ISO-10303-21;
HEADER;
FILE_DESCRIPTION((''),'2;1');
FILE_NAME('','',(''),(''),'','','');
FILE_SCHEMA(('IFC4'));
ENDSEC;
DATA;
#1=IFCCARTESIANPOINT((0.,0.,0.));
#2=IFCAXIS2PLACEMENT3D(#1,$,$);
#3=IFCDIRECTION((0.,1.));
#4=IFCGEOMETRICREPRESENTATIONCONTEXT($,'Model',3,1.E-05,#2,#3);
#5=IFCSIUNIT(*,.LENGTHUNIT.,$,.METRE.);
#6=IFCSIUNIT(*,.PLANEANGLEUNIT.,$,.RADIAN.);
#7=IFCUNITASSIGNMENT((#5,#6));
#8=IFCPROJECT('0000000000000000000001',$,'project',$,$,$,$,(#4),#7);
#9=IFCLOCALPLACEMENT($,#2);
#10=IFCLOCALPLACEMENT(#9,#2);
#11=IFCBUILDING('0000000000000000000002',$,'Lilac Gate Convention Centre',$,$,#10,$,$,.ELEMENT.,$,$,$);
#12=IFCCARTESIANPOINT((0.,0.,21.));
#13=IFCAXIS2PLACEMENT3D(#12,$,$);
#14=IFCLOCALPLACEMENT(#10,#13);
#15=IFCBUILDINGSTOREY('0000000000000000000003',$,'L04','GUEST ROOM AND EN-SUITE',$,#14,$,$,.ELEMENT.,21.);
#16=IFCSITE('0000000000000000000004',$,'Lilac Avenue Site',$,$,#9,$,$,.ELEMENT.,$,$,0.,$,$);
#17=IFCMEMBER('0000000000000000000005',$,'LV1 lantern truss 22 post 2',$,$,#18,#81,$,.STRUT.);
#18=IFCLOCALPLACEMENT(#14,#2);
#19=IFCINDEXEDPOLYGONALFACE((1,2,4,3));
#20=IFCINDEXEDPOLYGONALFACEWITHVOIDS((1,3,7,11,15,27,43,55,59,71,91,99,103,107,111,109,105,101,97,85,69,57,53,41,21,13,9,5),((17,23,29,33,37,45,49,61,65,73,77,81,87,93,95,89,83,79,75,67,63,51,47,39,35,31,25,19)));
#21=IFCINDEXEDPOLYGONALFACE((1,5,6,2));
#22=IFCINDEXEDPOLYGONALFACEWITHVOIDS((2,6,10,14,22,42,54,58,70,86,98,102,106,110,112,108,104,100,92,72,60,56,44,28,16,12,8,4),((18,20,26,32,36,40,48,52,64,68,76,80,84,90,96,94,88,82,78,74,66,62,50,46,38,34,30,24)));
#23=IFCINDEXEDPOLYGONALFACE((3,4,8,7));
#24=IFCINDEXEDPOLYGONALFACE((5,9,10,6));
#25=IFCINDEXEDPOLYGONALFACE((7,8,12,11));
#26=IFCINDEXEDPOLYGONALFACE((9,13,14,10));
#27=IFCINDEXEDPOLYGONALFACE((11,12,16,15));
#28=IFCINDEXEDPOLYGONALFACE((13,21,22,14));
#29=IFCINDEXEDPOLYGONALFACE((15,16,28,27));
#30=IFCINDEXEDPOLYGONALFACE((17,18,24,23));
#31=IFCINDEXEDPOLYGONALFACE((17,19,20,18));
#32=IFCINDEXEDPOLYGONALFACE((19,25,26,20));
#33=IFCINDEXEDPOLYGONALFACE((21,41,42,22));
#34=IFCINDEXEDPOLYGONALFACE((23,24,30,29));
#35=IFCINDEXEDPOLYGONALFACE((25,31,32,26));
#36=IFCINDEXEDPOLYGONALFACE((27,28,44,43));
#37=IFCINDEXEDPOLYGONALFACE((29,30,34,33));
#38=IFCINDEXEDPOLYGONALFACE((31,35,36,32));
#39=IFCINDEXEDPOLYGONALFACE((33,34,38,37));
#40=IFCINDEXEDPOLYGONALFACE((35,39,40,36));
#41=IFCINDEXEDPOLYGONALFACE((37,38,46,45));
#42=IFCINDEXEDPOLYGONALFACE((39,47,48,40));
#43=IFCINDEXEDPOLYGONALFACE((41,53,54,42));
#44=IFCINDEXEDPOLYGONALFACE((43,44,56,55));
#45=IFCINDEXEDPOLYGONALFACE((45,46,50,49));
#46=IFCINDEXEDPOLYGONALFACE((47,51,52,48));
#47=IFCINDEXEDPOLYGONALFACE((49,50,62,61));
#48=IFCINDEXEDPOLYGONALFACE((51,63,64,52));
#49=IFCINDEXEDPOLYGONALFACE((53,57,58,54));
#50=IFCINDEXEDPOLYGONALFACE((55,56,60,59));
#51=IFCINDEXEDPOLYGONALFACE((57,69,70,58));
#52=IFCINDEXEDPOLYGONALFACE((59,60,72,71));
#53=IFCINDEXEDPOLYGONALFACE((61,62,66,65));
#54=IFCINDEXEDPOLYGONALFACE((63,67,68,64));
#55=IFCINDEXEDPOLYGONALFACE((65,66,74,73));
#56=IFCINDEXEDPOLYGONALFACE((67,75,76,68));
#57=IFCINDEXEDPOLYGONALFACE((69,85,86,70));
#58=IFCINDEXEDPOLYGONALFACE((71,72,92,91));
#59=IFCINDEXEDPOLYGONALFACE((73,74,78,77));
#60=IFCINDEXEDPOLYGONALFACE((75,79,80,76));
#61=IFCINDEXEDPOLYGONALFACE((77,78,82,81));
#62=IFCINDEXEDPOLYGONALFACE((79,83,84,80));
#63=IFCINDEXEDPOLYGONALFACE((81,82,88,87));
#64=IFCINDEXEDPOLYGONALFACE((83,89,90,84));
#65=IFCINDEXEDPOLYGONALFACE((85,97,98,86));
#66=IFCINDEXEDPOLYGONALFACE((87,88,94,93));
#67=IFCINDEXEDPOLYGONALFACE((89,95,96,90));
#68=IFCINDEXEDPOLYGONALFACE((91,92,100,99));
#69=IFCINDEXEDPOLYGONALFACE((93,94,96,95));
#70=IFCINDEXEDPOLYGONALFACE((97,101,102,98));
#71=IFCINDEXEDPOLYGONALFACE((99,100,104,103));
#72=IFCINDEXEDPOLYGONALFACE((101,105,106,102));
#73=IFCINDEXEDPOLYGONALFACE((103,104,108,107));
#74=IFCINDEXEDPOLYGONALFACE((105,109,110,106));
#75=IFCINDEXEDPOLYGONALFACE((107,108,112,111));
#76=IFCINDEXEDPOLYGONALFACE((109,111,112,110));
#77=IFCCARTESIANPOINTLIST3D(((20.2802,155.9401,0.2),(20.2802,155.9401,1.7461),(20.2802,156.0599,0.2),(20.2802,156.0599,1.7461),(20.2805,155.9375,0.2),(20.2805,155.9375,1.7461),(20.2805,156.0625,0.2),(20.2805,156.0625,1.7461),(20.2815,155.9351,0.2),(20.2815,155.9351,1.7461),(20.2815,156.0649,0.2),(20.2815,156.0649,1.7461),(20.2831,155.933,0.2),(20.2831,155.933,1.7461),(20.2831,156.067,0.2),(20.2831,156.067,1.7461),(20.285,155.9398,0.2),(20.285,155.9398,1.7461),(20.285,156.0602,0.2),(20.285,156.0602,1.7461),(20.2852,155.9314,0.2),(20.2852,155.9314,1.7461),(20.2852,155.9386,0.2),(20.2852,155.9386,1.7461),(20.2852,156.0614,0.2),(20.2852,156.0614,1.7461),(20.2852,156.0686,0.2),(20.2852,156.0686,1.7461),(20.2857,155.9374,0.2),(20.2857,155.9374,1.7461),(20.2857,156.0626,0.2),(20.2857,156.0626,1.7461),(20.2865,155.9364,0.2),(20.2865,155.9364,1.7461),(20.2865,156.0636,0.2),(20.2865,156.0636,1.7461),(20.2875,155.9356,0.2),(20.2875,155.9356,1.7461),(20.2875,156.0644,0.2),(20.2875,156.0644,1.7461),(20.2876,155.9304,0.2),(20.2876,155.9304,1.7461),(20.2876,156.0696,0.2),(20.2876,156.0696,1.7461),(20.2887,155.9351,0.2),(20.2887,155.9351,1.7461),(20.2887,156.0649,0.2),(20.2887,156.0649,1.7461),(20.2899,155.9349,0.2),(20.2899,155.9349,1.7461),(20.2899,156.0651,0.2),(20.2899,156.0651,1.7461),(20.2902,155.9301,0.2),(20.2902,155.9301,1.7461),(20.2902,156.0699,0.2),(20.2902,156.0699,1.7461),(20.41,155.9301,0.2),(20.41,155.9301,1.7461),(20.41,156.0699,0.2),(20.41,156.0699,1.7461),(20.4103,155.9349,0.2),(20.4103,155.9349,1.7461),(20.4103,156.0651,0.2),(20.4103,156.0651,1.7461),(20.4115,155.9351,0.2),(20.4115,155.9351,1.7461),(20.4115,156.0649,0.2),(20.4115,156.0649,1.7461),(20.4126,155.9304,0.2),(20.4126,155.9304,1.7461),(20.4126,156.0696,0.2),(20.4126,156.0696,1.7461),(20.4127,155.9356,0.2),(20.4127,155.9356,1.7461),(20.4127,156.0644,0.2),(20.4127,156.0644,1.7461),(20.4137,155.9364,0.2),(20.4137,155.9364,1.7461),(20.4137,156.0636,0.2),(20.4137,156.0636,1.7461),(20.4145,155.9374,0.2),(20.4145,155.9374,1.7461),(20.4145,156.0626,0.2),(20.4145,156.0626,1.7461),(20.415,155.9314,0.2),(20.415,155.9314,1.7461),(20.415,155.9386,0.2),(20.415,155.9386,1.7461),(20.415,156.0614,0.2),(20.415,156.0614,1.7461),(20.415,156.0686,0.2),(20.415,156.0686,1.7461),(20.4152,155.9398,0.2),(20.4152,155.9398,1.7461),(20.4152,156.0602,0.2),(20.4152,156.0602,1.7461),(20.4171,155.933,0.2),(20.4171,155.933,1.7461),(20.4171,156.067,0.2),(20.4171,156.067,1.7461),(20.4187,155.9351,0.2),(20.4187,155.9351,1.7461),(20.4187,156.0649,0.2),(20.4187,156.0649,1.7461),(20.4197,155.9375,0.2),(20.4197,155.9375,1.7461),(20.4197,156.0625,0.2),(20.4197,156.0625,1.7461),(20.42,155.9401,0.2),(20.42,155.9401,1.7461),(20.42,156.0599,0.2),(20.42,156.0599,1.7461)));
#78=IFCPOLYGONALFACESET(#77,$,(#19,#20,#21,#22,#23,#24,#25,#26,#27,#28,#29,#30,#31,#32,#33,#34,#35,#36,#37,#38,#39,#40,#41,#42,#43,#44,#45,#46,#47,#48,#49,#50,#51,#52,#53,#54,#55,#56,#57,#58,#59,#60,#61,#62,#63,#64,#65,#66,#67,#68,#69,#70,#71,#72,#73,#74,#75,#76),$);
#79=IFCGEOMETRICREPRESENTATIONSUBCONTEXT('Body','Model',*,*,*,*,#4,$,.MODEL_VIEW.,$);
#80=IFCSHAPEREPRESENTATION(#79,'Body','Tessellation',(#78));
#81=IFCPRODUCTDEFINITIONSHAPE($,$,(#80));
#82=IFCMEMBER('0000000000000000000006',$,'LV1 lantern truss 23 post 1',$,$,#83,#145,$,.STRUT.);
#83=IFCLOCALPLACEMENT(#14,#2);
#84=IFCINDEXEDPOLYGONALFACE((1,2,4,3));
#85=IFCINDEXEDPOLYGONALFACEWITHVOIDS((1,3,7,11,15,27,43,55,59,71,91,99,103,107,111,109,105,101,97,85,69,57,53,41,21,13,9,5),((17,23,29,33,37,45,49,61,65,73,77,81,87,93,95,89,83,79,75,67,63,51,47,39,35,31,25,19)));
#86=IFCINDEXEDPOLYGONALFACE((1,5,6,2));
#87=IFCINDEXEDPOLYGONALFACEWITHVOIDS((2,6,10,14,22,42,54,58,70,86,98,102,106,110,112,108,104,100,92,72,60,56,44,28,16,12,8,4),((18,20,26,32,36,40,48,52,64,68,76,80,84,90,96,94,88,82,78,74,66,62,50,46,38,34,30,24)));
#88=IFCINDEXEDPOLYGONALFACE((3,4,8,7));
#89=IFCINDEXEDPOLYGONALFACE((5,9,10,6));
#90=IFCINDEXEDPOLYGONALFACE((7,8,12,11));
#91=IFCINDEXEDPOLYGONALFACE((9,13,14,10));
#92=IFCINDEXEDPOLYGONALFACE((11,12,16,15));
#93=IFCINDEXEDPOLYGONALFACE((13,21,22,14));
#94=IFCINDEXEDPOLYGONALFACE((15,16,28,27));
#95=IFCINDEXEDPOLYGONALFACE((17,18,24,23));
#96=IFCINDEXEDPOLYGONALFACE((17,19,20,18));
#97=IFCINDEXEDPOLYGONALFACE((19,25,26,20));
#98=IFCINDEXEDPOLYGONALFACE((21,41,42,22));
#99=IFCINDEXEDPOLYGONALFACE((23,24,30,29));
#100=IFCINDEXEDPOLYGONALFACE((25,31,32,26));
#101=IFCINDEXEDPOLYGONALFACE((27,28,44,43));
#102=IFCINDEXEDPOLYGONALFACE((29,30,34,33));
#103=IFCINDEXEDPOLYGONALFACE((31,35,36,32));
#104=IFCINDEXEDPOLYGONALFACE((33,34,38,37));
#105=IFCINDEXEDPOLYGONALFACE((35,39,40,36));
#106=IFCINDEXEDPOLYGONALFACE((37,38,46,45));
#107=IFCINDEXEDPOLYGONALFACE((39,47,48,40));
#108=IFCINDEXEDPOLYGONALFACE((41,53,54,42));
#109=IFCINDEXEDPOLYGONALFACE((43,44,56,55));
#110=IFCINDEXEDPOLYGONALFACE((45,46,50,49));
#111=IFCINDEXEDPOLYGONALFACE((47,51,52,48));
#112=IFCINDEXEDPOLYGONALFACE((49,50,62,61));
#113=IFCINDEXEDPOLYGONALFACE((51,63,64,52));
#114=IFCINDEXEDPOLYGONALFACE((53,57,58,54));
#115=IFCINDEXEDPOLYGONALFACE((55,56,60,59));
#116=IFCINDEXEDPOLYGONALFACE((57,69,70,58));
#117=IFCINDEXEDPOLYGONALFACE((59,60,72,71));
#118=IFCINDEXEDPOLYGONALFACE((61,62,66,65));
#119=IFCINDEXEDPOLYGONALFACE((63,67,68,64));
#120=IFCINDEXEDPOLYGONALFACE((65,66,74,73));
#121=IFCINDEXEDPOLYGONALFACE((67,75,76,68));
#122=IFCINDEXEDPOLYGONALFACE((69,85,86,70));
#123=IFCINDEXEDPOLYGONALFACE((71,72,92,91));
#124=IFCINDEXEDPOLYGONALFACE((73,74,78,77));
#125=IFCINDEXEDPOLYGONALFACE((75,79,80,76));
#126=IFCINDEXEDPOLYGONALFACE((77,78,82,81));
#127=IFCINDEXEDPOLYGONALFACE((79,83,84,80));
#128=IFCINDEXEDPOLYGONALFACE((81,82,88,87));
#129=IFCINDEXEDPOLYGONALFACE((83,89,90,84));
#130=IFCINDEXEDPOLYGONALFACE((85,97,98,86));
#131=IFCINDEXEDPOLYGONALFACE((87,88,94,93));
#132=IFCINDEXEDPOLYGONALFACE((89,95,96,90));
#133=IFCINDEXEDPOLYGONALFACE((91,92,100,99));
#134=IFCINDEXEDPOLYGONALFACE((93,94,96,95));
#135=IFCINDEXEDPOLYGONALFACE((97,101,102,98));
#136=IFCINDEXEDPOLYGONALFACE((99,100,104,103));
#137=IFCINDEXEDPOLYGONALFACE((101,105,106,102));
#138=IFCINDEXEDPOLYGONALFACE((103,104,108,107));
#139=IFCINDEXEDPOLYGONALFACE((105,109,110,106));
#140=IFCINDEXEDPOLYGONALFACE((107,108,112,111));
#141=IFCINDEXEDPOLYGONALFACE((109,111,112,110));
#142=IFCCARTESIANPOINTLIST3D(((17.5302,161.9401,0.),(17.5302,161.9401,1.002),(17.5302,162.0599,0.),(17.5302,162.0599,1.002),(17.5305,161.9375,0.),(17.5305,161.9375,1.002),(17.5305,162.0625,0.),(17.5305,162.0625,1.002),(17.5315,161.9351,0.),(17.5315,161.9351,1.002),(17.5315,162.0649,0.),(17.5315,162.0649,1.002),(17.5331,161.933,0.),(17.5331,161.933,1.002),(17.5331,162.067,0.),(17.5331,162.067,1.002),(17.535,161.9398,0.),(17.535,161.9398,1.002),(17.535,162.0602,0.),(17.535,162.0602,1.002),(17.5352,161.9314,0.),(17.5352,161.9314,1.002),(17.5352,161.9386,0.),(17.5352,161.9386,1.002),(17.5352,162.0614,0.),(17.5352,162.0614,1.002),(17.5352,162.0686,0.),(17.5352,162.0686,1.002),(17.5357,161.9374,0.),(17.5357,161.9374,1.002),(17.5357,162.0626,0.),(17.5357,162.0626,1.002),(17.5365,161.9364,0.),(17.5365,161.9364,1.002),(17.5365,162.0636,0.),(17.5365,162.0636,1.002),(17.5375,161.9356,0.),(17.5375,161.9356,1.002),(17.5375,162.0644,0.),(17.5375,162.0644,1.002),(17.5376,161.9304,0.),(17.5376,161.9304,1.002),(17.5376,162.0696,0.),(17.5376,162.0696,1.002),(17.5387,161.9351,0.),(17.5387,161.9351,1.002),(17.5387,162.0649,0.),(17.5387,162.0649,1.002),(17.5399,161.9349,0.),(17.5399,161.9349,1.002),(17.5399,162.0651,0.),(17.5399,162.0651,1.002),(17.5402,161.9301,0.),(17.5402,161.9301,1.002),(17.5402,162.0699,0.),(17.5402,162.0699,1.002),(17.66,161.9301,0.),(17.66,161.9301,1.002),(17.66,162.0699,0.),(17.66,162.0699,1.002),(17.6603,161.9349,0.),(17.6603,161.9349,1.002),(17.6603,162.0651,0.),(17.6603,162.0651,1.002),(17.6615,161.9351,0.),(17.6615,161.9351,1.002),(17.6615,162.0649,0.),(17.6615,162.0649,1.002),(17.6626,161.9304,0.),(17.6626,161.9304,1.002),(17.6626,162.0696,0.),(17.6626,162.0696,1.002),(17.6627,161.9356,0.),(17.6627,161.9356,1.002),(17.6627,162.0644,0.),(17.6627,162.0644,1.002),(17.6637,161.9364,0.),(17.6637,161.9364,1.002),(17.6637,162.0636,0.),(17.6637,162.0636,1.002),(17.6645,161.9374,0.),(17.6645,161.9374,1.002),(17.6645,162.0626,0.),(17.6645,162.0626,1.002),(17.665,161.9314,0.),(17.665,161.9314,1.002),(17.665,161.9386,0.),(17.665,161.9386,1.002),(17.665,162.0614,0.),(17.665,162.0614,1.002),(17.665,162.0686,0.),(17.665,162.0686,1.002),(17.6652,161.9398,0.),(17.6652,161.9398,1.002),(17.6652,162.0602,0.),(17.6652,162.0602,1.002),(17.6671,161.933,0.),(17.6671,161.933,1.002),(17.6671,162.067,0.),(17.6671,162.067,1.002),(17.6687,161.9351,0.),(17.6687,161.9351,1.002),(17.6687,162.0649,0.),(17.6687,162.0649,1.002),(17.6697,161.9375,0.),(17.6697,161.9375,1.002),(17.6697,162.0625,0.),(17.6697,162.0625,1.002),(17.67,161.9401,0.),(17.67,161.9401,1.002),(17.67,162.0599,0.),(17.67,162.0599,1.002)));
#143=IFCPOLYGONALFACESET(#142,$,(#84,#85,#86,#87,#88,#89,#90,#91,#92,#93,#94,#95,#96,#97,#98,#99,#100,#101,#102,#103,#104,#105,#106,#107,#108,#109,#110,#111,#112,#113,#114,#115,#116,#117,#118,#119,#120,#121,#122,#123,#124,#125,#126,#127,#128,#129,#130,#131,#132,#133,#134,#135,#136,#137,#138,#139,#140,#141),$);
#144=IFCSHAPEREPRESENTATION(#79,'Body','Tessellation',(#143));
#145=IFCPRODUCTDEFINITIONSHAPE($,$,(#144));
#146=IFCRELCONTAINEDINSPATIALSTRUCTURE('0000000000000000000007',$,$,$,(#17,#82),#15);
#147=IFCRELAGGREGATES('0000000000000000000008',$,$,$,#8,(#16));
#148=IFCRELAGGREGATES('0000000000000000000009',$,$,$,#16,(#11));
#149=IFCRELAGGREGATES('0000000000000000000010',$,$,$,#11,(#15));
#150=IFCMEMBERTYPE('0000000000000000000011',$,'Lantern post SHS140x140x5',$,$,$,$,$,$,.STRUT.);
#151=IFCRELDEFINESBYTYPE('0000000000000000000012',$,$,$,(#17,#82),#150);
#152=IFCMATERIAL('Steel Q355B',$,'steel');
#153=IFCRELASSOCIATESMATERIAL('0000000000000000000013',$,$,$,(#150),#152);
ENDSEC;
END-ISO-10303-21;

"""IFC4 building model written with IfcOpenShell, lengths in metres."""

from ifc_helpers import new_model, si_unit, direction, frame, origin, origin_2d, place, context, subcontext, project, spatial, hollow_rectangle, extrude, material, material_profile, profile_set, type_object, element, save


model = new_model("IFC4")

# Units and contexts
model_context = context("Model", 3, precision=1e-05, world=origin(), true_north=direction((0.0, 1.0)))
body_context = subcontext(model_context, "Body", "Model", "MODEL_VIEW")
ifc_project = project(units=[si_unit("LENGTHUNIT", "METRE"), si_unit("PLANEANGLEUNIT", "RADIAN")], contexts=[model_context])

# Site, building, storey
site_placement = place(None, origin())
site = spatial("IfcSite", under=ifc_project, at=site_placement, Name="Lilac Avenue Site", CompositionType="ELEMENT", RefElevation=0.0)
building_placement = place(site_placement, origin())
building = spatial("IfcBuilding", under=site, at=building_placement, Name="Lilac Gate Convention Centre", CompositionType="ELEMENT")
storey_placement = place(building_placement, frame((0.0, 0.0, 21.0)))
storey = spatial("IfcBuildingStorey", under=building, at=storey_placement, Name="L04", Description="GUEST ROOM AND EN-SUITE", CompositionType="ELEMENT", Elevation=21.0)

# Members
ifc_material_1 = material(Name="Steel Q355B", Category="steel")
ifc_material_profile_1 = material_profile(ifc_material_1, hollow_rectangle(XDim=0.1399, YDim=0.1399, WallThickness=0.0049, InnerFilletRadius=0.0049, OuterFilletRadius=0.01, at=origin_2d()), Name="SHS140x140x5")
ifc_profile_set_1 = profile_set([ifc_material_profile_1], Name="Steel Q355B")
member_type_1 = type_object("IfcMemberType", Name="Lantern post SHS140x140x5", PredefinedType="STRUT", material=ifc_profile_set_1)
member_1_placement = place(storey_placement, frame((20.3501, 156.0, 0.2), z_axis=(0.0, 0.0, 1.0), x_axis=(1.0, 0.0, 0.0)))
element("IfcMember", 1, at=member_1_placement, inside=storey, type_object=member_type_1, Name="LV1 lantern truss 22 post 2", PredefinedType="STRUT", context=body_context, shape_type="SweptSolid", body=[
    extrude(hollow_rectangle(XDim=0.1399, YDim=0.1399, WallThickness=0.0049, InnerFilletRadius=0.0049, OuterFilletRadius=0.01, at=origin_2d()), origin(), (0.0, 0.0, 1.0), 1.5461),
])
member_2_placement = place(storey_placement, frame((17.6001, 162.0, 0.0), z_axis=(0.0, 0.0, 1.0), x_axis=(1.0, 0.0, 0.0)))
element("IfcMember", 2, at=member_2_placement, inside=storey, type_object=member_type_1, Name="LV1 lantern truss 23 post 1", PredefinedType="STRUT", context=body_context, shape_type="SweptSolid", body=[
    extrude(hollow_rectangle(XDim=0.1399, YDim=0.1399, WallThickness=0.0049, InnerFilletRadius=0.0049, OuterFilletRadius=0.01, at=origin_2d()), origin(), (0.0, 0.0, 1.0), 1.002),
])

save(model, "model.ifc")
